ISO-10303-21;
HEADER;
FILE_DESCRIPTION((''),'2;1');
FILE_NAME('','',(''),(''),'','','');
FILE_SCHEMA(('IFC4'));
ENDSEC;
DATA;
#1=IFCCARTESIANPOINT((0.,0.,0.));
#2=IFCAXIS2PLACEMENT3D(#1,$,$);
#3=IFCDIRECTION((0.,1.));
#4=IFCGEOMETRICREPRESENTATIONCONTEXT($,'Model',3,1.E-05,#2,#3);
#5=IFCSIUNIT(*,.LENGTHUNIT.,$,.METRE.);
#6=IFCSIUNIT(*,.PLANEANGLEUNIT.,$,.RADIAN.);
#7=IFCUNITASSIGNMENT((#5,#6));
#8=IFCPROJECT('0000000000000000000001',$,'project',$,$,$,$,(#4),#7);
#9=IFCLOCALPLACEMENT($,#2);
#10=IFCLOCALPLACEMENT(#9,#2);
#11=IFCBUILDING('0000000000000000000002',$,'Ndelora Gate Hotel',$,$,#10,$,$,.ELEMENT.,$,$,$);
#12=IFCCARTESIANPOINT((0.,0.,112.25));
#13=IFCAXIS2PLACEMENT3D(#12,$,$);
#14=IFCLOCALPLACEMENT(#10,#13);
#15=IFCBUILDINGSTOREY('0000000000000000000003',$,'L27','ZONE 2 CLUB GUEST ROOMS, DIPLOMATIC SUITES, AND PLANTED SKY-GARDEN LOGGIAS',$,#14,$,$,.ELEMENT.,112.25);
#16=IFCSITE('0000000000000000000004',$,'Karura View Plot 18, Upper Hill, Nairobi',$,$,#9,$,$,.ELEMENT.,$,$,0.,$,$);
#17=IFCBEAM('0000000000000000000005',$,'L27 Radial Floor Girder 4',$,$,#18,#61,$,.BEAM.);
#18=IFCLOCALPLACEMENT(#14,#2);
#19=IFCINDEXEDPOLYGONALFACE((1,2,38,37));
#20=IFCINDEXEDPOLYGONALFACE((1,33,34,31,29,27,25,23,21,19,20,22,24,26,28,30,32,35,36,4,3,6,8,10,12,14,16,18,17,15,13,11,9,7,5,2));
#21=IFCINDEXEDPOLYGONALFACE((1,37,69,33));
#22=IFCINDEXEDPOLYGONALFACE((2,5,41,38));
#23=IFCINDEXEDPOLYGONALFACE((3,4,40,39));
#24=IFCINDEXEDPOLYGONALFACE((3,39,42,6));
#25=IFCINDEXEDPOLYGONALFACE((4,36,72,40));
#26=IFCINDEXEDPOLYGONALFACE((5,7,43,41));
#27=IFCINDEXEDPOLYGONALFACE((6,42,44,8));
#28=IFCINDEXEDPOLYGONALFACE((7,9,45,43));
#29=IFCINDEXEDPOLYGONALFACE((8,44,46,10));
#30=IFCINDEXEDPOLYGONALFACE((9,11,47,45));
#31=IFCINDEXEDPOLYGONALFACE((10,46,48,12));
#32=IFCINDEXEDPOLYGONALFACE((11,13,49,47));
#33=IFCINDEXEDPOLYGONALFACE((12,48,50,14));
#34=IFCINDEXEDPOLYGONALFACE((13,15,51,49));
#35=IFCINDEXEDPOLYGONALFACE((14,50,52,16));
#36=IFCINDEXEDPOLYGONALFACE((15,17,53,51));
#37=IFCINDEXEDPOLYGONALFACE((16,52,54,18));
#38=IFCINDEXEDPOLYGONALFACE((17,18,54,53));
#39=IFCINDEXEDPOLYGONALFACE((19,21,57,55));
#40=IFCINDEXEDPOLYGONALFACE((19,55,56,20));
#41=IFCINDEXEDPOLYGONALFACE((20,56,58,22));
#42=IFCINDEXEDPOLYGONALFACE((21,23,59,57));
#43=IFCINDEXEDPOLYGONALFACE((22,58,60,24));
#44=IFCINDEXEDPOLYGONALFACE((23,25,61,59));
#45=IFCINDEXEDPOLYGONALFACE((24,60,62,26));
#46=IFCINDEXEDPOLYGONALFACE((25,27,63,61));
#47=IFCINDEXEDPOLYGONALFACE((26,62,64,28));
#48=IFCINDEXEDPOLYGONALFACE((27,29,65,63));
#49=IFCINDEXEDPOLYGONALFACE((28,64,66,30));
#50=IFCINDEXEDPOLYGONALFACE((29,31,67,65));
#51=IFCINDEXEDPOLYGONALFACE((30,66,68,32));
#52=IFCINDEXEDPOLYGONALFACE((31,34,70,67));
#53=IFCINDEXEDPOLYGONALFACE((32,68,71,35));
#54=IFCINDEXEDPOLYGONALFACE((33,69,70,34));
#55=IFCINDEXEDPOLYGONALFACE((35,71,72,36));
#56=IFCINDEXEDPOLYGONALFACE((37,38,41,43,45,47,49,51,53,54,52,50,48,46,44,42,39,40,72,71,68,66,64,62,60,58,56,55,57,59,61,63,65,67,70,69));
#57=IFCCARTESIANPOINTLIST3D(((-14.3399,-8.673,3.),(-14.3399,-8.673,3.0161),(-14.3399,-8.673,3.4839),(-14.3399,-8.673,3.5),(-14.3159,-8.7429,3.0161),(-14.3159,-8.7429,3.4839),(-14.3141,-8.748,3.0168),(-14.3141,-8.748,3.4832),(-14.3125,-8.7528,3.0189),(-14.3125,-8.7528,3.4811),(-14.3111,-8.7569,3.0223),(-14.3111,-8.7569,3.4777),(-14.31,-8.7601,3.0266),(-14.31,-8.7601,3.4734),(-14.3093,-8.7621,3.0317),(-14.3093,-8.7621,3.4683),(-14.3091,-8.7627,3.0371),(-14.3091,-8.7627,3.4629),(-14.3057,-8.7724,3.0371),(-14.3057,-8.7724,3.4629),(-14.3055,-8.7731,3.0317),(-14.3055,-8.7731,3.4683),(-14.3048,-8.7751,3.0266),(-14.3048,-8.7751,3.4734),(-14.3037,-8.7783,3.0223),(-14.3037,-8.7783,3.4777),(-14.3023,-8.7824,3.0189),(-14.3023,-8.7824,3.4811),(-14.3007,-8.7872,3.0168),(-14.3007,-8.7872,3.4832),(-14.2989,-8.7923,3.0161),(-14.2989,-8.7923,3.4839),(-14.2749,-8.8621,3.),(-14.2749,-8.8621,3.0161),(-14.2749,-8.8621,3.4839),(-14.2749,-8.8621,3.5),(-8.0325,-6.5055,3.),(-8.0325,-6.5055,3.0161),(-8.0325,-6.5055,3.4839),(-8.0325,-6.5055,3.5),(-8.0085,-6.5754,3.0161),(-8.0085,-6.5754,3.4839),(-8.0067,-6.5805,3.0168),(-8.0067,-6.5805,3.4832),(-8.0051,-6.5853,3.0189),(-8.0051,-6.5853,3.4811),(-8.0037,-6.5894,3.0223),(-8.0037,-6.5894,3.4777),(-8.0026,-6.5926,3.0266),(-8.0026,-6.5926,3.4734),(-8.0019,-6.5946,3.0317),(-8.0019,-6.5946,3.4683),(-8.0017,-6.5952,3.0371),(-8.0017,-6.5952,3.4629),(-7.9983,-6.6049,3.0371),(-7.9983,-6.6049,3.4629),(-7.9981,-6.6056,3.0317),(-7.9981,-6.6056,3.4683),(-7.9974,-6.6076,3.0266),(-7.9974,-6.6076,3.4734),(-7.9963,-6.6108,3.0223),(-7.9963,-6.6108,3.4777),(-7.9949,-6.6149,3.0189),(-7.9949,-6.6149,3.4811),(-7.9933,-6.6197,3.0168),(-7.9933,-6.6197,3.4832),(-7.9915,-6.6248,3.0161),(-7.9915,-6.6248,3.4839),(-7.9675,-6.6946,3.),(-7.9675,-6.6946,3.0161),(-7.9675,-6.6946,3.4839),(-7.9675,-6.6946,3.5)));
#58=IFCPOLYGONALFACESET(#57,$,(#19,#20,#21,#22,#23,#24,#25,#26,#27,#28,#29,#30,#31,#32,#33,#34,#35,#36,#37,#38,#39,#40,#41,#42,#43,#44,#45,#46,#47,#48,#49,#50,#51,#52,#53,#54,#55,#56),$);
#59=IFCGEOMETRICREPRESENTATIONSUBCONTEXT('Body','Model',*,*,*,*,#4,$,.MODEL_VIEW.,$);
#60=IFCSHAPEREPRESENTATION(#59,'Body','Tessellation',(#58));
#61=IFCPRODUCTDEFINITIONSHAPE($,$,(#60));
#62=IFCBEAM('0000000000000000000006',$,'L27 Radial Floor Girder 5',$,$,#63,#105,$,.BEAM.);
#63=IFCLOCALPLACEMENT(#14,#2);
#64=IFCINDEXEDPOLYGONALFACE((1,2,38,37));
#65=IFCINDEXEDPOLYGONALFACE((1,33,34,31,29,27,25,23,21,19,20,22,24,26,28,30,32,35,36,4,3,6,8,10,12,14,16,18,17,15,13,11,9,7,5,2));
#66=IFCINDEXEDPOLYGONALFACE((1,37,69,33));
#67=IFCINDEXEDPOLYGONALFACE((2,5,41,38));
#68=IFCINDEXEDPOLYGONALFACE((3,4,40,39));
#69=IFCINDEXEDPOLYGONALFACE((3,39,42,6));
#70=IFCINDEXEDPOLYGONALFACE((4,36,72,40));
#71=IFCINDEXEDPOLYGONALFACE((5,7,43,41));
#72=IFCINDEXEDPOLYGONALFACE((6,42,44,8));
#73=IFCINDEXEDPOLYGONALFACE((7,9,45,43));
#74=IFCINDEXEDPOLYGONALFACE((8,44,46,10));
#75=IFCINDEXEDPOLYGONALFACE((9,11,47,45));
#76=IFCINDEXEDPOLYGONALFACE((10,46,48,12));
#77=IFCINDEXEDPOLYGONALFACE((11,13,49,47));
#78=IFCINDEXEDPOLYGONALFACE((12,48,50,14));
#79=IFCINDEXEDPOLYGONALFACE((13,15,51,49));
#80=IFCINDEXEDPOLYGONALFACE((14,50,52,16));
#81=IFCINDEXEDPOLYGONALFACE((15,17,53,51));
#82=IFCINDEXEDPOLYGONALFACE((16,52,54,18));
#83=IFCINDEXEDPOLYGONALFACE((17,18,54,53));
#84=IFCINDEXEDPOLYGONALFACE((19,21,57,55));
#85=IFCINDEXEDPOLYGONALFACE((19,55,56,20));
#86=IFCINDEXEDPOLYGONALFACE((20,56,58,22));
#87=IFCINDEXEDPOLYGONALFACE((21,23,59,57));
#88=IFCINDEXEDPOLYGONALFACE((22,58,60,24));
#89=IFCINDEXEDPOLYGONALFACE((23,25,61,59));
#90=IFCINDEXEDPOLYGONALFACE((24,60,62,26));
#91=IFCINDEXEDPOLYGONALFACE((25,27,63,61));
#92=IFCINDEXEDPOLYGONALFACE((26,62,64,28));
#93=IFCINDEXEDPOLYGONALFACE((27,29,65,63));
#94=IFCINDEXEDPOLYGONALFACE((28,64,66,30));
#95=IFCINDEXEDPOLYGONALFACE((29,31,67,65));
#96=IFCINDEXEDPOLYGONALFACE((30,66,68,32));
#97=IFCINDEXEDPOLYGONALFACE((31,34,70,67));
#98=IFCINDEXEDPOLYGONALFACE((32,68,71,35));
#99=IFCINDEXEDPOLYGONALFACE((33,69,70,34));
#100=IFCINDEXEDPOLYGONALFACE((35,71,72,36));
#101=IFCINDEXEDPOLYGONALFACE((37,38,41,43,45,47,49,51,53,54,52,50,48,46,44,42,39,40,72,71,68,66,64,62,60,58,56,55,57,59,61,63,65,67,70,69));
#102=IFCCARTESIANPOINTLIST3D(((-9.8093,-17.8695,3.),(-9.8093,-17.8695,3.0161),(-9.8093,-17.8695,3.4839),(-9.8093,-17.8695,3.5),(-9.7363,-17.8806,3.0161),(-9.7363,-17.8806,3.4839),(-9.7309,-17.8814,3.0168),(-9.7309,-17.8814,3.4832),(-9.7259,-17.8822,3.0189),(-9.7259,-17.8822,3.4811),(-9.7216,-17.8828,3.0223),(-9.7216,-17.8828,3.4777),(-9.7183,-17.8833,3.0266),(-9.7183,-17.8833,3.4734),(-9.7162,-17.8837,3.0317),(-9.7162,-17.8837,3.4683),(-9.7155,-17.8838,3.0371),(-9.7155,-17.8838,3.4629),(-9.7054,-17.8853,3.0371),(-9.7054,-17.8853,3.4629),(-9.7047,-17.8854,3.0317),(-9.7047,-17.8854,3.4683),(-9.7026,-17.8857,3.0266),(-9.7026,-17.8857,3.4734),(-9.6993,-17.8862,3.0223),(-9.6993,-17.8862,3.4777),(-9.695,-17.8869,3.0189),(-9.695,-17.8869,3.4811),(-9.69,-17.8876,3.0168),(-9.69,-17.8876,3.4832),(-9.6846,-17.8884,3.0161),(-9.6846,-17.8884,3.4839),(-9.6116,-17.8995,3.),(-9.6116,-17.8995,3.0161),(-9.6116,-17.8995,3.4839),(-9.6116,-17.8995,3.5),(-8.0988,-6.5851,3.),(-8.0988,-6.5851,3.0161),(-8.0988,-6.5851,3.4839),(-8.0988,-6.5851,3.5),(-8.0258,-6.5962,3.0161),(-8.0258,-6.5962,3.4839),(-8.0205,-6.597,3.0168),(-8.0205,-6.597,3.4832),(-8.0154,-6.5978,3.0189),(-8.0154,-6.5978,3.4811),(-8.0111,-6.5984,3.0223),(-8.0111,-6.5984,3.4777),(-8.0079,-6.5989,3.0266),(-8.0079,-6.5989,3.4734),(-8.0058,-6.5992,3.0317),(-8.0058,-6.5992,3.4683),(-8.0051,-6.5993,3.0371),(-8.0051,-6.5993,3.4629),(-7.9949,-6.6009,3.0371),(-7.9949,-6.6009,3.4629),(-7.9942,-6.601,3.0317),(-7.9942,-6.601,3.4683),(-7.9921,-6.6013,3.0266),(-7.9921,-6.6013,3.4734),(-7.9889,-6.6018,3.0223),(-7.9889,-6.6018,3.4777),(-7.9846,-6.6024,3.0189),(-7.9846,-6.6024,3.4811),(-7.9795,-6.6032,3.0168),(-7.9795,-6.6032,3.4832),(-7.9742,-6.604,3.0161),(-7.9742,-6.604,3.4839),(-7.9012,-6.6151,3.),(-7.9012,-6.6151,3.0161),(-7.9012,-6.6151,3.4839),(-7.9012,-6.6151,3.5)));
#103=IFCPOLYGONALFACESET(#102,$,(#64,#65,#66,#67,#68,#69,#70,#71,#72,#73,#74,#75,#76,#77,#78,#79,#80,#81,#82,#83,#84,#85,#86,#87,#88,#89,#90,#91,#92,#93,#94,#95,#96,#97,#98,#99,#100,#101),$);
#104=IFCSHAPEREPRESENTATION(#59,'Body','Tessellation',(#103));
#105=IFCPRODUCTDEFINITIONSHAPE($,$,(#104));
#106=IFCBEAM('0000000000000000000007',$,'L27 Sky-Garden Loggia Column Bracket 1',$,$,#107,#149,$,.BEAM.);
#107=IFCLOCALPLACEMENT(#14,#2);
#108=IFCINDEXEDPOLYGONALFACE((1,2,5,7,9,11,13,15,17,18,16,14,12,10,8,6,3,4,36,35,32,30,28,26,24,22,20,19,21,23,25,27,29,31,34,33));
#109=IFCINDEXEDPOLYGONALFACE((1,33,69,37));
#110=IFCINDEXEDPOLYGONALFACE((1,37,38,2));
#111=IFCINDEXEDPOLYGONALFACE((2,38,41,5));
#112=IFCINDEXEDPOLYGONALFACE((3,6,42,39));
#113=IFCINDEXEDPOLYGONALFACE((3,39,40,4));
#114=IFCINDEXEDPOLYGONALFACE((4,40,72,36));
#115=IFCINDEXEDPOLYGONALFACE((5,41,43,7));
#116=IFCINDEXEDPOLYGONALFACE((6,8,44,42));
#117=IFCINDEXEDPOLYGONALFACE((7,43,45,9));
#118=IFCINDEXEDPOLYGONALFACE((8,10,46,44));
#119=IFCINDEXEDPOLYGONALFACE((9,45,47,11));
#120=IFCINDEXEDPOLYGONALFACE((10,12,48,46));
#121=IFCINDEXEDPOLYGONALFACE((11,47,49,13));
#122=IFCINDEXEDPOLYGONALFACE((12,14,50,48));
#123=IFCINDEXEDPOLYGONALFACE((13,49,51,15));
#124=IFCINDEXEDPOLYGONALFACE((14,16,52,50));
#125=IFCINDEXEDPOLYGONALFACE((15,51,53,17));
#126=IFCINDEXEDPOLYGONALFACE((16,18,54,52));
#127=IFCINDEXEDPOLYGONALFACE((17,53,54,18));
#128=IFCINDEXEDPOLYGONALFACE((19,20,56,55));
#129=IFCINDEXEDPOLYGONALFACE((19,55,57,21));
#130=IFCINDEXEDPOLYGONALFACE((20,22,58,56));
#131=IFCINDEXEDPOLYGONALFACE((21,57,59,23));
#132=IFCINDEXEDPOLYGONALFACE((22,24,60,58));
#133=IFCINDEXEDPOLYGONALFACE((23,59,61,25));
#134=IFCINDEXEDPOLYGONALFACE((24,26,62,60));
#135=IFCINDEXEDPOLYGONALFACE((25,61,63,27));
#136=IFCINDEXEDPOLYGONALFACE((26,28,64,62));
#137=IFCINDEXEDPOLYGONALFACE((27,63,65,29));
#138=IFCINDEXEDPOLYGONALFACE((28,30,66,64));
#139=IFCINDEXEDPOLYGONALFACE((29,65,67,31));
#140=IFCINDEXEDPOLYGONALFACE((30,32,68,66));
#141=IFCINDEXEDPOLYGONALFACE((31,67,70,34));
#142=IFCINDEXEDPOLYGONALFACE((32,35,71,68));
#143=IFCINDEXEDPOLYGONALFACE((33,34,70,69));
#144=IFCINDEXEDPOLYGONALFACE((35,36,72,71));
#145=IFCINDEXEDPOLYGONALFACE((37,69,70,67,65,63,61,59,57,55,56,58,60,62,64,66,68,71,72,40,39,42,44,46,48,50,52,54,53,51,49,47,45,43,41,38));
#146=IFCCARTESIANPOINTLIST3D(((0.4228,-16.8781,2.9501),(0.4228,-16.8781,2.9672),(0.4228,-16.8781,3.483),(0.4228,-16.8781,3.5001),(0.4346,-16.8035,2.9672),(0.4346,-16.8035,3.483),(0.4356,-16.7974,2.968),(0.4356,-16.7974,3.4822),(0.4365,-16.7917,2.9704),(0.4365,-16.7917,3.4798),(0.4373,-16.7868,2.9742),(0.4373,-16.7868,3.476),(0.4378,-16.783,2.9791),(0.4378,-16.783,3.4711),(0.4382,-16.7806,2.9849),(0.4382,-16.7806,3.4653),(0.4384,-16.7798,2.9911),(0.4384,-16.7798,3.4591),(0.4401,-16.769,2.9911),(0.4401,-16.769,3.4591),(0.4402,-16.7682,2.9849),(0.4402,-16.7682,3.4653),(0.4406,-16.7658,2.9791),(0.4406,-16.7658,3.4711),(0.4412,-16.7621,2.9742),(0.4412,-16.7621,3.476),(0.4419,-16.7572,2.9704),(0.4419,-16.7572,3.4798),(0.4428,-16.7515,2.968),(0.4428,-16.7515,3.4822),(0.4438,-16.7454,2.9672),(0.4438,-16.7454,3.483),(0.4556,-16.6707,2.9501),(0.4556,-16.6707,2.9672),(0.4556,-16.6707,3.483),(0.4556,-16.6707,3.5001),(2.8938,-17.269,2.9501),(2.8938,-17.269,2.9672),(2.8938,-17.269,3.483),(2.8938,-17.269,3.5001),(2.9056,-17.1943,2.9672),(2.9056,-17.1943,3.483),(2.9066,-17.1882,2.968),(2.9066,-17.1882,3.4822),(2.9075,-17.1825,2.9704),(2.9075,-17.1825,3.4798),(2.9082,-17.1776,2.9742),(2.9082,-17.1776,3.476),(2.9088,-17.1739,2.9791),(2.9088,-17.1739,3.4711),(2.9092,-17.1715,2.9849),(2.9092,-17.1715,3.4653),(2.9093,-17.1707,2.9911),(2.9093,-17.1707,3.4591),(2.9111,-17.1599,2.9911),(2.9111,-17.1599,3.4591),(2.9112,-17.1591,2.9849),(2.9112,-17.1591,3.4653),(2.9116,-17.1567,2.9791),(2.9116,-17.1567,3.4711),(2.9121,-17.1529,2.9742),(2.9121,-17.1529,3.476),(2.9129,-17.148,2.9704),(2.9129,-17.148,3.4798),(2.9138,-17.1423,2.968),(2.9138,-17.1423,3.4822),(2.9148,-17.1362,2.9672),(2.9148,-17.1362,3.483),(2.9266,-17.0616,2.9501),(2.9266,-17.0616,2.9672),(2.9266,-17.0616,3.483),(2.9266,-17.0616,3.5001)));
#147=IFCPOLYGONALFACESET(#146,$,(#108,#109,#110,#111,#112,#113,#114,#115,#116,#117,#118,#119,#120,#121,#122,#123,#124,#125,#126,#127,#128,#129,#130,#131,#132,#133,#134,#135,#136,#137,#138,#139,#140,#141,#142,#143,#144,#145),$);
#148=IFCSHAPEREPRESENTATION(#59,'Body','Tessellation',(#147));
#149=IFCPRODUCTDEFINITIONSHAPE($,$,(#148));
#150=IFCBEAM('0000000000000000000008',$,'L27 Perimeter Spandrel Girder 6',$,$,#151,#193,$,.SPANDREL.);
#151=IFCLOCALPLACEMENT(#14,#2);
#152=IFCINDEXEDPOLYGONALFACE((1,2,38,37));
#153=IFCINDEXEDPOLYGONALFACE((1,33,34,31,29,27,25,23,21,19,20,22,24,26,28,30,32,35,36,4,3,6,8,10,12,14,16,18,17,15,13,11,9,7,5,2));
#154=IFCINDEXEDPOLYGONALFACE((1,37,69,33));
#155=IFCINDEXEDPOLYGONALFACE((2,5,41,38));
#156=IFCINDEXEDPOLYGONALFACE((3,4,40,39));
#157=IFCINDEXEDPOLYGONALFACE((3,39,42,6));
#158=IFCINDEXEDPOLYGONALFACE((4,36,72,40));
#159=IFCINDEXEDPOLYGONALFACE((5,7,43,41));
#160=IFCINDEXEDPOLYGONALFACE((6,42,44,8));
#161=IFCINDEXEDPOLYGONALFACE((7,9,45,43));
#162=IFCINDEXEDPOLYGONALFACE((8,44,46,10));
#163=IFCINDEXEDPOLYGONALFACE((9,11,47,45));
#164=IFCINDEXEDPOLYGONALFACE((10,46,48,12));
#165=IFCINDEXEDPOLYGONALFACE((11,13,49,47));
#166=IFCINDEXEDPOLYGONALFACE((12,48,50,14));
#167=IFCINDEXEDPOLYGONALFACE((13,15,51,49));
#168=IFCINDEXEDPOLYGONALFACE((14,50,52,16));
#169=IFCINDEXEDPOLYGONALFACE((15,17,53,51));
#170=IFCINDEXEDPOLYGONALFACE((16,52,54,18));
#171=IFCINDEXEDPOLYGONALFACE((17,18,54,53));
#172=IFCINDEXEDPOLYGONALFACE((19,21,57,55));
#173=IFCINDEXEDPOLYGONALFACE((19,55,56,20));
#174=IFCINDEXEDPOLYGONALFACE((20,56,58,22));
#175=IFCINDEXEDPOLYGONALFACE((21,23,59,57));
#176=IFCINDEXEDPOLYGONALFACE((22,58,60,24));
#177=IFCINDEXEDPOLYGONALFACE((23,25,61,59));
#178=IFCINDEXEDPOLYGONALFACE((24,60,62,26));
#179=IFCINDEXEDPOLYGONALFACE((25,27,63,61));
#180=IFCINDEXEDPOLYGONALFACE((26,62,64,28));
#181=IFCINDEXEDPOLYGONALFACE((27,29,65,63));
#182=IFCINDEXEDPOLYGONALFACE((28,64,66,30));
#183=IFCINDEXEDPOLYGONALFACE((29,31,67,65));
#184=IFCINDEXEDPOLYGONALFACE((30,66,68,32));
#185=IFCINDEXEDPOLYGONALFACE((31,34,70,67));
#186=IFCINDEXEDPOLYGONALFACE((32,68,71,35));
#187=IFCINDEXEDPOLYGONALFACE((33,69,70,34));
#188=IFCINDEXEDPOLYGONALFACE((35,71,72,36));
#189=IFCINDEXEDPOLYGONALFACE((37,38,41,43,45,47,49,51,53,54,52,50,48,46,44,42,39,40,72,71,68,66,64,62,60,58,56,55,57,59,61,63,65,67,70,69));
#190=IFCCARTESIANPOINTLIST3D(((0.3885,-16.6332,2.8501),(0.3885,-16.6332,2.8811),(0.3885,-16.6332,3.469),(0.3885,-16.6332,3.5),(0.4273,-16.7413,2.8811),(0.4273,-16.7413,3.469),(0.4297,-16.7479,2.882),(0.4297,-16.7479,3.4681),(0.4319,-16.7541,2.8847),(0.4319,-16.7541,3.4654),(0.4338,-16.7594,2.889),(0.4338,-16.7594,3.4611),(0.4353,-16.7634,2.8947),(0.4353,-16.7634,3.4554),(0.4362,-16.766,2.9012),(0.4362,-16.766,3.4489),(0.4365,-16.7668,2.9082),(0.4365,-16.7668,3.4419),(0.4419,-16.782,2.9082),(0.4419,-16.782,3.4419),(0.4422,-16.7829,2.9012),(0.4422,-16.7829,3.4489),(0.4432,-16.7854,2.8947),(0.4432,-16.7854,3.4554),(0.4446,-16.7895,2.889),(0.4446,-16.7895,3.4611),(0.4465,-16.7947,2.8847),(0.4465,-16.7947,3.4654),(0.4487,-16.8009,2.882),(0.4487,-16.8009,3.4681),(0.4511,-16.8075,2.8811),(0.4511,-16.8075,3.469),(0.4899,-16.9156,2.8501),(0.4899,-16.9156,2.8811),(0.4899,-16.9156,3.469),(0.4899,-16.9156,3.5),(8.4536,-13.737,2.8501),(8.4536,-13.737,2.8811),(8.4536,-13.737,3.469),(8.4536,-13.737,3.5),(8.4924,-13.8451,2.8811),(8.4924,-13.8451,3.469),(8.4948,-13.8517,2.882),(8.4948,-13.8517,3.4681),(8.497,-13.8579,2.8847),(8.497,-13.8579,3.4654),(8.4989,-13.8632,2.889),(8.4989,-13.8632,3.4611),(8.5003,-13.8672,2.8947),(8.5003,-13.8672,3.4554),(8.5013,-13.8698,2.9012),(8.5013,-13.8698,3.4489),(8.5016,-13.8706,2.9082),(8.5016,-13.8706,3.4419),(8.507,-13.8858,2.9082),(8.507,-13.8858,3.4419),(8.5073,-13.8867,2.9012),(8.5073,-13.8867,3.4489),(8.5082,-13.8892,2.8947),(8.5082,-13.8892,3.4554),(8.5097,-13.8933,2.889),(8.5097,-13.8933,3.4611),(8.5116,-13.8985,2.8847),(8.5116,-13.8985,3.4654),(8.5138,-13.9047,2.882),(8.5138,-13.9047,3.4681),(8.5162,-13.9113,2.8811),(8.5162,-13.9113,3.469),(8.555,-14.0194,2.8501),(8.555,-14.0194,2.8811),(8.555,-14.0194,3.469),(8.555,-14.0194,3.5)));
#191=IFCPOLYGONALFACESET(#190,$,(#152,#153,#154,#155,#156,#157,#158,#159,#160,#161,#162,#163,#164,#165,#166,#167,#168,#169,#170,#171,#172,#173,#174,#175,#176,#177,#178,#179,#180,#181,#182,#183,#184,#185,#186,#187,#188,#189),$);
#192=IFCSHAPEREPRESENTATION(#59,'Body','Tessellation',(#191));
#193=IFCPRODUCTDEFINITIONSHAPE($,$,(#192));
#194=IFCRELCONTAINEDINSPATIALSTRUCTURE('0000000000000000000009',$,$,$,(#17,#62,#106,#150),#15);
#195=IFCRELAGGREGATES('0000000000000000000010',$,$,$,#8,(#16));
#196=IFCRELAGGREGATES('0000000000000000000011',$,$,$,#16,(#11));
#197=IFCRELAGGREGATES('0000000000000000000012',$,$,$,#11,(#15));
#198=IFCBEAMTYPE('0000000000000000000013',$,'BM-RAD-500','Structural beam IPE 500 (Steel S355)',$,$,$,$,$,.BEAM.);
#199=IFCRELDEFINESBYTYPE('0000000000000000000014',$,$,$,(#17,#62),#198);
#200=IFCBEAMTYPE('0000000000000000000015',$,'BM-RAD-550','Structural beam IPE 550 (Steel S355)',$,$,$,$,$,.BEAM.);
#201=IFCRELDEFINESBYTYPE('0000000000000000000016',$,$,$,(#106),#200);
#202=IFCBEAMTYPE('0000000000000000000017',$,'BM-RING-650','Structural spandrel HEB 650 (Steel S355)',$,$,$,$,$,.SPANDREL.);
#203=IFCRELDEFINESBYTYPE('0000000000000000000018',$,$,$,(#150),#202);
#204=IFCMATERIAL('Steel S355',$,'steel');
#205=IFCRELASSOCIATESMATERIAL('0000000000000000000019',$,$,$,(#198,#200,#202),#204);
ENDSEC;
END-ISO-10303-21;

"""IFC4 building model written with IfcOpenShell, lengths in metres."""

from ifc_helpers import new_model, si_unit, direction, frame, origin, origin_2d, place, context, subcontext, project, spatial, i_section, extrude, material, material_profile, profile_set, type_object, element, save


model = new_model("IFC4")

# Units and contexts
model_context = context("Model", 3, precision=1e-05, world=origin(), true_north=direction((0.0, 1.0)))
body_context = subcontext(model_context, "Body", "Model", "MODEL_VIEW")
ifc_project = project(units=[si_unit("LENGTHUNIT", "METRE"), si_unit("PLANEANGLEUNIT", "RADIAN")], contexts=[model_context])

# Site, building, storey
site_placement = place(None, origin())
site = spatial("IfcSite", under=ifc_project, at=site_placement, Name="Karura View Plot 18, Upper Hill, Nairobi", CompositionType="ELEMENT", RefElevation=0.0)
building_placement = place(site_placement, origin())
building = spatial("IfcBuilding", under=site, at=building_placement, Name="Ndelora Gate Hotel", CompositionType="ELEMENT")
storey_placement = place(building_placement, frame((0.0, 0.0, 112.25)))
storey = spatial("IfcBuildingStorey", under=building, at=storey_placement, Name="L27", Description="ZONE 2 CLUB GUEST ROOMS, DIPLOMATIC SUITES, AND PLANTED SKY-GARDEN LOGGIAS", CompositionType="ELEMENT", Elevation=112.25)

# Beams
ifc_material_1 = material(Name="Steel S355", Category="steel")
ifc_material_profile_1 = material_profile(ifc_material_1, i_section(OverallWidth=0.2, OverallDepth=0.5, WebThickness=0.0103, FlangeThickness=0.0161, FilletRadius=0.021, at=origin_2d()), Name="IPE 500")
ifc_profile_set_1 = profile_set([ifc_material_profile_1], Name="Steel S355")
beam_type_1 = type_object("IfcBeamType", Name="BM-RAD-500", Description="Structural beam IPE 500 (Steel S355)", PredefinedType="BEAM", material=ifc_profile_set_1)
beam_1_placement = place(storey_placement, frame((-8.0, -6.6001, 3.25), z_axis=(-0.945718, -0.324989, 0.0), x_axis=(0.324989, -0.945718, 0.0)))
element("IfcBeam", 1, at=beam_1_placement, inside=storey, type_object=beam_type_1, Name="L27 Radial Floor Girder 4", PredefinedType="BEAM", context=body_context, shape_type="SweptSolid", body=[
    extrude(i_section(OverallWidth=0.2, OverallDepth=0.5, WebThickness=0.0103, FlangeThickness=0.0161, FilletRadius=0.021, at=origin_2d()), origin(), (0.0, 0.0, 1.0), 6.6694),
])
beam_2_placement = place(storey_placement, frame((-8.0, -6.6001, 3.25), z_axis=(-0.149864, -0.988707, 0.0), x_axis=(0.988707, -0.149864, 0.0)))
element("IfcBeam", 2, at=beam_2_placement, inside=storey, type_object=beam_type_1, Name="L27 Radial Floor Girder 5", PredefinedType="BEAM", context=body_context, shape_type="SweptSolid", body=[
    extrude(i_section(OverallWidth=0.2, OverallDepth=0.5, WebThickness=0.0103, FlangeThickness=0.0161, FilletRadius=0.021, at=origin_2d()), origin(), (0.0, 0.0, 1.0), 11.4133),
])
ifc_material_profile_2 = material_profile(ifc_material_1, i_section(OverallWidth=0.21, OverallDepth=0.55, WebThickness=0.011, FlangeThickness=0.0171, FilletRadius=0.0239, at=origin_2d()), Name="IPE 550")
ifc_profile_set_2 = profile_set([ifc_material_profile_2], Name="Steel S355")
beam_type_2 = type_object("IfcBeamType", Name="BM-RAD-550", Description="Structural beam IPE 550 (Steel S355)", PredefinedType="BEAM", material=ifc_profile_set_2)
beam_3_placement = place(storey_placement, frame((0.4392, -16.7744, 3.2251), z_axis=(0.987719, -0.156243, 0.0), x_axis=(0.156243, 0.987719, 0.0)))
element("IfcBeam", 3, at=beam_3_placement, inside=storey, type_object=beam_type_2, Name="L27 Sky-Garden Loggia Column Bracket 1", PredefinedType="BEAM", context=body_context, shape_type="SweptSolid", body=[
    extrude(i_section(OverallWidth=0.21, OverallDepth=0.55, WebThickness=0.011, FlangeThickness=0.0171, FilletRadius=0.0239, at=origin_2d()), origin(), (0.0, 0.0, 1.0), 2.5017),
])
ifc_material_profile_3 = material_profile(ifc_material_1, i_section(OverallWidth=0.3, OverallDepth=0.6499, WebThickness=0.0161, FlangeThickness=0.031, FilletRadius=0.0271, at=origin_2d()), Name="HEB 650")
ifc_profile_set_3 = profile_set([ifc_material_profile_3], Name="Steel S355")
beam_type_3 = type_object("IfcBeamType", Name="BM-RING-650", Description="Structural spandrel HEB 650 (Steel S355)", PredefinedType="SPANDREL", material=ifc_profile_set_3)
beam_4_placement = place(storey_placement, frame((0.4392, -16.7744, 3.175), z_axis=(0.941156, 0.337973, 0.0), x_axis=(-0.337973, 0.941156, 0.0)))
element("IfcBeam", 4, at=beam_4_placement, inside=storey, type_object=beam_type_3, Name="L27 Perimeter Spandrel Girder 6", PredefinedType="SPANDREL", context=body_context, shape_type="SweptSolid", body=[
    extrude(i_section(OverallWidth=0.3, OverallDepth=0.6499, WebThickness=0.0161, FlangeThickness=0.031, FilletRadius=0.0271, at=origin_2d()), origin(), (0.0, 0.0, 1.0), 8.5693),
])

save(model, "model.ifc")
